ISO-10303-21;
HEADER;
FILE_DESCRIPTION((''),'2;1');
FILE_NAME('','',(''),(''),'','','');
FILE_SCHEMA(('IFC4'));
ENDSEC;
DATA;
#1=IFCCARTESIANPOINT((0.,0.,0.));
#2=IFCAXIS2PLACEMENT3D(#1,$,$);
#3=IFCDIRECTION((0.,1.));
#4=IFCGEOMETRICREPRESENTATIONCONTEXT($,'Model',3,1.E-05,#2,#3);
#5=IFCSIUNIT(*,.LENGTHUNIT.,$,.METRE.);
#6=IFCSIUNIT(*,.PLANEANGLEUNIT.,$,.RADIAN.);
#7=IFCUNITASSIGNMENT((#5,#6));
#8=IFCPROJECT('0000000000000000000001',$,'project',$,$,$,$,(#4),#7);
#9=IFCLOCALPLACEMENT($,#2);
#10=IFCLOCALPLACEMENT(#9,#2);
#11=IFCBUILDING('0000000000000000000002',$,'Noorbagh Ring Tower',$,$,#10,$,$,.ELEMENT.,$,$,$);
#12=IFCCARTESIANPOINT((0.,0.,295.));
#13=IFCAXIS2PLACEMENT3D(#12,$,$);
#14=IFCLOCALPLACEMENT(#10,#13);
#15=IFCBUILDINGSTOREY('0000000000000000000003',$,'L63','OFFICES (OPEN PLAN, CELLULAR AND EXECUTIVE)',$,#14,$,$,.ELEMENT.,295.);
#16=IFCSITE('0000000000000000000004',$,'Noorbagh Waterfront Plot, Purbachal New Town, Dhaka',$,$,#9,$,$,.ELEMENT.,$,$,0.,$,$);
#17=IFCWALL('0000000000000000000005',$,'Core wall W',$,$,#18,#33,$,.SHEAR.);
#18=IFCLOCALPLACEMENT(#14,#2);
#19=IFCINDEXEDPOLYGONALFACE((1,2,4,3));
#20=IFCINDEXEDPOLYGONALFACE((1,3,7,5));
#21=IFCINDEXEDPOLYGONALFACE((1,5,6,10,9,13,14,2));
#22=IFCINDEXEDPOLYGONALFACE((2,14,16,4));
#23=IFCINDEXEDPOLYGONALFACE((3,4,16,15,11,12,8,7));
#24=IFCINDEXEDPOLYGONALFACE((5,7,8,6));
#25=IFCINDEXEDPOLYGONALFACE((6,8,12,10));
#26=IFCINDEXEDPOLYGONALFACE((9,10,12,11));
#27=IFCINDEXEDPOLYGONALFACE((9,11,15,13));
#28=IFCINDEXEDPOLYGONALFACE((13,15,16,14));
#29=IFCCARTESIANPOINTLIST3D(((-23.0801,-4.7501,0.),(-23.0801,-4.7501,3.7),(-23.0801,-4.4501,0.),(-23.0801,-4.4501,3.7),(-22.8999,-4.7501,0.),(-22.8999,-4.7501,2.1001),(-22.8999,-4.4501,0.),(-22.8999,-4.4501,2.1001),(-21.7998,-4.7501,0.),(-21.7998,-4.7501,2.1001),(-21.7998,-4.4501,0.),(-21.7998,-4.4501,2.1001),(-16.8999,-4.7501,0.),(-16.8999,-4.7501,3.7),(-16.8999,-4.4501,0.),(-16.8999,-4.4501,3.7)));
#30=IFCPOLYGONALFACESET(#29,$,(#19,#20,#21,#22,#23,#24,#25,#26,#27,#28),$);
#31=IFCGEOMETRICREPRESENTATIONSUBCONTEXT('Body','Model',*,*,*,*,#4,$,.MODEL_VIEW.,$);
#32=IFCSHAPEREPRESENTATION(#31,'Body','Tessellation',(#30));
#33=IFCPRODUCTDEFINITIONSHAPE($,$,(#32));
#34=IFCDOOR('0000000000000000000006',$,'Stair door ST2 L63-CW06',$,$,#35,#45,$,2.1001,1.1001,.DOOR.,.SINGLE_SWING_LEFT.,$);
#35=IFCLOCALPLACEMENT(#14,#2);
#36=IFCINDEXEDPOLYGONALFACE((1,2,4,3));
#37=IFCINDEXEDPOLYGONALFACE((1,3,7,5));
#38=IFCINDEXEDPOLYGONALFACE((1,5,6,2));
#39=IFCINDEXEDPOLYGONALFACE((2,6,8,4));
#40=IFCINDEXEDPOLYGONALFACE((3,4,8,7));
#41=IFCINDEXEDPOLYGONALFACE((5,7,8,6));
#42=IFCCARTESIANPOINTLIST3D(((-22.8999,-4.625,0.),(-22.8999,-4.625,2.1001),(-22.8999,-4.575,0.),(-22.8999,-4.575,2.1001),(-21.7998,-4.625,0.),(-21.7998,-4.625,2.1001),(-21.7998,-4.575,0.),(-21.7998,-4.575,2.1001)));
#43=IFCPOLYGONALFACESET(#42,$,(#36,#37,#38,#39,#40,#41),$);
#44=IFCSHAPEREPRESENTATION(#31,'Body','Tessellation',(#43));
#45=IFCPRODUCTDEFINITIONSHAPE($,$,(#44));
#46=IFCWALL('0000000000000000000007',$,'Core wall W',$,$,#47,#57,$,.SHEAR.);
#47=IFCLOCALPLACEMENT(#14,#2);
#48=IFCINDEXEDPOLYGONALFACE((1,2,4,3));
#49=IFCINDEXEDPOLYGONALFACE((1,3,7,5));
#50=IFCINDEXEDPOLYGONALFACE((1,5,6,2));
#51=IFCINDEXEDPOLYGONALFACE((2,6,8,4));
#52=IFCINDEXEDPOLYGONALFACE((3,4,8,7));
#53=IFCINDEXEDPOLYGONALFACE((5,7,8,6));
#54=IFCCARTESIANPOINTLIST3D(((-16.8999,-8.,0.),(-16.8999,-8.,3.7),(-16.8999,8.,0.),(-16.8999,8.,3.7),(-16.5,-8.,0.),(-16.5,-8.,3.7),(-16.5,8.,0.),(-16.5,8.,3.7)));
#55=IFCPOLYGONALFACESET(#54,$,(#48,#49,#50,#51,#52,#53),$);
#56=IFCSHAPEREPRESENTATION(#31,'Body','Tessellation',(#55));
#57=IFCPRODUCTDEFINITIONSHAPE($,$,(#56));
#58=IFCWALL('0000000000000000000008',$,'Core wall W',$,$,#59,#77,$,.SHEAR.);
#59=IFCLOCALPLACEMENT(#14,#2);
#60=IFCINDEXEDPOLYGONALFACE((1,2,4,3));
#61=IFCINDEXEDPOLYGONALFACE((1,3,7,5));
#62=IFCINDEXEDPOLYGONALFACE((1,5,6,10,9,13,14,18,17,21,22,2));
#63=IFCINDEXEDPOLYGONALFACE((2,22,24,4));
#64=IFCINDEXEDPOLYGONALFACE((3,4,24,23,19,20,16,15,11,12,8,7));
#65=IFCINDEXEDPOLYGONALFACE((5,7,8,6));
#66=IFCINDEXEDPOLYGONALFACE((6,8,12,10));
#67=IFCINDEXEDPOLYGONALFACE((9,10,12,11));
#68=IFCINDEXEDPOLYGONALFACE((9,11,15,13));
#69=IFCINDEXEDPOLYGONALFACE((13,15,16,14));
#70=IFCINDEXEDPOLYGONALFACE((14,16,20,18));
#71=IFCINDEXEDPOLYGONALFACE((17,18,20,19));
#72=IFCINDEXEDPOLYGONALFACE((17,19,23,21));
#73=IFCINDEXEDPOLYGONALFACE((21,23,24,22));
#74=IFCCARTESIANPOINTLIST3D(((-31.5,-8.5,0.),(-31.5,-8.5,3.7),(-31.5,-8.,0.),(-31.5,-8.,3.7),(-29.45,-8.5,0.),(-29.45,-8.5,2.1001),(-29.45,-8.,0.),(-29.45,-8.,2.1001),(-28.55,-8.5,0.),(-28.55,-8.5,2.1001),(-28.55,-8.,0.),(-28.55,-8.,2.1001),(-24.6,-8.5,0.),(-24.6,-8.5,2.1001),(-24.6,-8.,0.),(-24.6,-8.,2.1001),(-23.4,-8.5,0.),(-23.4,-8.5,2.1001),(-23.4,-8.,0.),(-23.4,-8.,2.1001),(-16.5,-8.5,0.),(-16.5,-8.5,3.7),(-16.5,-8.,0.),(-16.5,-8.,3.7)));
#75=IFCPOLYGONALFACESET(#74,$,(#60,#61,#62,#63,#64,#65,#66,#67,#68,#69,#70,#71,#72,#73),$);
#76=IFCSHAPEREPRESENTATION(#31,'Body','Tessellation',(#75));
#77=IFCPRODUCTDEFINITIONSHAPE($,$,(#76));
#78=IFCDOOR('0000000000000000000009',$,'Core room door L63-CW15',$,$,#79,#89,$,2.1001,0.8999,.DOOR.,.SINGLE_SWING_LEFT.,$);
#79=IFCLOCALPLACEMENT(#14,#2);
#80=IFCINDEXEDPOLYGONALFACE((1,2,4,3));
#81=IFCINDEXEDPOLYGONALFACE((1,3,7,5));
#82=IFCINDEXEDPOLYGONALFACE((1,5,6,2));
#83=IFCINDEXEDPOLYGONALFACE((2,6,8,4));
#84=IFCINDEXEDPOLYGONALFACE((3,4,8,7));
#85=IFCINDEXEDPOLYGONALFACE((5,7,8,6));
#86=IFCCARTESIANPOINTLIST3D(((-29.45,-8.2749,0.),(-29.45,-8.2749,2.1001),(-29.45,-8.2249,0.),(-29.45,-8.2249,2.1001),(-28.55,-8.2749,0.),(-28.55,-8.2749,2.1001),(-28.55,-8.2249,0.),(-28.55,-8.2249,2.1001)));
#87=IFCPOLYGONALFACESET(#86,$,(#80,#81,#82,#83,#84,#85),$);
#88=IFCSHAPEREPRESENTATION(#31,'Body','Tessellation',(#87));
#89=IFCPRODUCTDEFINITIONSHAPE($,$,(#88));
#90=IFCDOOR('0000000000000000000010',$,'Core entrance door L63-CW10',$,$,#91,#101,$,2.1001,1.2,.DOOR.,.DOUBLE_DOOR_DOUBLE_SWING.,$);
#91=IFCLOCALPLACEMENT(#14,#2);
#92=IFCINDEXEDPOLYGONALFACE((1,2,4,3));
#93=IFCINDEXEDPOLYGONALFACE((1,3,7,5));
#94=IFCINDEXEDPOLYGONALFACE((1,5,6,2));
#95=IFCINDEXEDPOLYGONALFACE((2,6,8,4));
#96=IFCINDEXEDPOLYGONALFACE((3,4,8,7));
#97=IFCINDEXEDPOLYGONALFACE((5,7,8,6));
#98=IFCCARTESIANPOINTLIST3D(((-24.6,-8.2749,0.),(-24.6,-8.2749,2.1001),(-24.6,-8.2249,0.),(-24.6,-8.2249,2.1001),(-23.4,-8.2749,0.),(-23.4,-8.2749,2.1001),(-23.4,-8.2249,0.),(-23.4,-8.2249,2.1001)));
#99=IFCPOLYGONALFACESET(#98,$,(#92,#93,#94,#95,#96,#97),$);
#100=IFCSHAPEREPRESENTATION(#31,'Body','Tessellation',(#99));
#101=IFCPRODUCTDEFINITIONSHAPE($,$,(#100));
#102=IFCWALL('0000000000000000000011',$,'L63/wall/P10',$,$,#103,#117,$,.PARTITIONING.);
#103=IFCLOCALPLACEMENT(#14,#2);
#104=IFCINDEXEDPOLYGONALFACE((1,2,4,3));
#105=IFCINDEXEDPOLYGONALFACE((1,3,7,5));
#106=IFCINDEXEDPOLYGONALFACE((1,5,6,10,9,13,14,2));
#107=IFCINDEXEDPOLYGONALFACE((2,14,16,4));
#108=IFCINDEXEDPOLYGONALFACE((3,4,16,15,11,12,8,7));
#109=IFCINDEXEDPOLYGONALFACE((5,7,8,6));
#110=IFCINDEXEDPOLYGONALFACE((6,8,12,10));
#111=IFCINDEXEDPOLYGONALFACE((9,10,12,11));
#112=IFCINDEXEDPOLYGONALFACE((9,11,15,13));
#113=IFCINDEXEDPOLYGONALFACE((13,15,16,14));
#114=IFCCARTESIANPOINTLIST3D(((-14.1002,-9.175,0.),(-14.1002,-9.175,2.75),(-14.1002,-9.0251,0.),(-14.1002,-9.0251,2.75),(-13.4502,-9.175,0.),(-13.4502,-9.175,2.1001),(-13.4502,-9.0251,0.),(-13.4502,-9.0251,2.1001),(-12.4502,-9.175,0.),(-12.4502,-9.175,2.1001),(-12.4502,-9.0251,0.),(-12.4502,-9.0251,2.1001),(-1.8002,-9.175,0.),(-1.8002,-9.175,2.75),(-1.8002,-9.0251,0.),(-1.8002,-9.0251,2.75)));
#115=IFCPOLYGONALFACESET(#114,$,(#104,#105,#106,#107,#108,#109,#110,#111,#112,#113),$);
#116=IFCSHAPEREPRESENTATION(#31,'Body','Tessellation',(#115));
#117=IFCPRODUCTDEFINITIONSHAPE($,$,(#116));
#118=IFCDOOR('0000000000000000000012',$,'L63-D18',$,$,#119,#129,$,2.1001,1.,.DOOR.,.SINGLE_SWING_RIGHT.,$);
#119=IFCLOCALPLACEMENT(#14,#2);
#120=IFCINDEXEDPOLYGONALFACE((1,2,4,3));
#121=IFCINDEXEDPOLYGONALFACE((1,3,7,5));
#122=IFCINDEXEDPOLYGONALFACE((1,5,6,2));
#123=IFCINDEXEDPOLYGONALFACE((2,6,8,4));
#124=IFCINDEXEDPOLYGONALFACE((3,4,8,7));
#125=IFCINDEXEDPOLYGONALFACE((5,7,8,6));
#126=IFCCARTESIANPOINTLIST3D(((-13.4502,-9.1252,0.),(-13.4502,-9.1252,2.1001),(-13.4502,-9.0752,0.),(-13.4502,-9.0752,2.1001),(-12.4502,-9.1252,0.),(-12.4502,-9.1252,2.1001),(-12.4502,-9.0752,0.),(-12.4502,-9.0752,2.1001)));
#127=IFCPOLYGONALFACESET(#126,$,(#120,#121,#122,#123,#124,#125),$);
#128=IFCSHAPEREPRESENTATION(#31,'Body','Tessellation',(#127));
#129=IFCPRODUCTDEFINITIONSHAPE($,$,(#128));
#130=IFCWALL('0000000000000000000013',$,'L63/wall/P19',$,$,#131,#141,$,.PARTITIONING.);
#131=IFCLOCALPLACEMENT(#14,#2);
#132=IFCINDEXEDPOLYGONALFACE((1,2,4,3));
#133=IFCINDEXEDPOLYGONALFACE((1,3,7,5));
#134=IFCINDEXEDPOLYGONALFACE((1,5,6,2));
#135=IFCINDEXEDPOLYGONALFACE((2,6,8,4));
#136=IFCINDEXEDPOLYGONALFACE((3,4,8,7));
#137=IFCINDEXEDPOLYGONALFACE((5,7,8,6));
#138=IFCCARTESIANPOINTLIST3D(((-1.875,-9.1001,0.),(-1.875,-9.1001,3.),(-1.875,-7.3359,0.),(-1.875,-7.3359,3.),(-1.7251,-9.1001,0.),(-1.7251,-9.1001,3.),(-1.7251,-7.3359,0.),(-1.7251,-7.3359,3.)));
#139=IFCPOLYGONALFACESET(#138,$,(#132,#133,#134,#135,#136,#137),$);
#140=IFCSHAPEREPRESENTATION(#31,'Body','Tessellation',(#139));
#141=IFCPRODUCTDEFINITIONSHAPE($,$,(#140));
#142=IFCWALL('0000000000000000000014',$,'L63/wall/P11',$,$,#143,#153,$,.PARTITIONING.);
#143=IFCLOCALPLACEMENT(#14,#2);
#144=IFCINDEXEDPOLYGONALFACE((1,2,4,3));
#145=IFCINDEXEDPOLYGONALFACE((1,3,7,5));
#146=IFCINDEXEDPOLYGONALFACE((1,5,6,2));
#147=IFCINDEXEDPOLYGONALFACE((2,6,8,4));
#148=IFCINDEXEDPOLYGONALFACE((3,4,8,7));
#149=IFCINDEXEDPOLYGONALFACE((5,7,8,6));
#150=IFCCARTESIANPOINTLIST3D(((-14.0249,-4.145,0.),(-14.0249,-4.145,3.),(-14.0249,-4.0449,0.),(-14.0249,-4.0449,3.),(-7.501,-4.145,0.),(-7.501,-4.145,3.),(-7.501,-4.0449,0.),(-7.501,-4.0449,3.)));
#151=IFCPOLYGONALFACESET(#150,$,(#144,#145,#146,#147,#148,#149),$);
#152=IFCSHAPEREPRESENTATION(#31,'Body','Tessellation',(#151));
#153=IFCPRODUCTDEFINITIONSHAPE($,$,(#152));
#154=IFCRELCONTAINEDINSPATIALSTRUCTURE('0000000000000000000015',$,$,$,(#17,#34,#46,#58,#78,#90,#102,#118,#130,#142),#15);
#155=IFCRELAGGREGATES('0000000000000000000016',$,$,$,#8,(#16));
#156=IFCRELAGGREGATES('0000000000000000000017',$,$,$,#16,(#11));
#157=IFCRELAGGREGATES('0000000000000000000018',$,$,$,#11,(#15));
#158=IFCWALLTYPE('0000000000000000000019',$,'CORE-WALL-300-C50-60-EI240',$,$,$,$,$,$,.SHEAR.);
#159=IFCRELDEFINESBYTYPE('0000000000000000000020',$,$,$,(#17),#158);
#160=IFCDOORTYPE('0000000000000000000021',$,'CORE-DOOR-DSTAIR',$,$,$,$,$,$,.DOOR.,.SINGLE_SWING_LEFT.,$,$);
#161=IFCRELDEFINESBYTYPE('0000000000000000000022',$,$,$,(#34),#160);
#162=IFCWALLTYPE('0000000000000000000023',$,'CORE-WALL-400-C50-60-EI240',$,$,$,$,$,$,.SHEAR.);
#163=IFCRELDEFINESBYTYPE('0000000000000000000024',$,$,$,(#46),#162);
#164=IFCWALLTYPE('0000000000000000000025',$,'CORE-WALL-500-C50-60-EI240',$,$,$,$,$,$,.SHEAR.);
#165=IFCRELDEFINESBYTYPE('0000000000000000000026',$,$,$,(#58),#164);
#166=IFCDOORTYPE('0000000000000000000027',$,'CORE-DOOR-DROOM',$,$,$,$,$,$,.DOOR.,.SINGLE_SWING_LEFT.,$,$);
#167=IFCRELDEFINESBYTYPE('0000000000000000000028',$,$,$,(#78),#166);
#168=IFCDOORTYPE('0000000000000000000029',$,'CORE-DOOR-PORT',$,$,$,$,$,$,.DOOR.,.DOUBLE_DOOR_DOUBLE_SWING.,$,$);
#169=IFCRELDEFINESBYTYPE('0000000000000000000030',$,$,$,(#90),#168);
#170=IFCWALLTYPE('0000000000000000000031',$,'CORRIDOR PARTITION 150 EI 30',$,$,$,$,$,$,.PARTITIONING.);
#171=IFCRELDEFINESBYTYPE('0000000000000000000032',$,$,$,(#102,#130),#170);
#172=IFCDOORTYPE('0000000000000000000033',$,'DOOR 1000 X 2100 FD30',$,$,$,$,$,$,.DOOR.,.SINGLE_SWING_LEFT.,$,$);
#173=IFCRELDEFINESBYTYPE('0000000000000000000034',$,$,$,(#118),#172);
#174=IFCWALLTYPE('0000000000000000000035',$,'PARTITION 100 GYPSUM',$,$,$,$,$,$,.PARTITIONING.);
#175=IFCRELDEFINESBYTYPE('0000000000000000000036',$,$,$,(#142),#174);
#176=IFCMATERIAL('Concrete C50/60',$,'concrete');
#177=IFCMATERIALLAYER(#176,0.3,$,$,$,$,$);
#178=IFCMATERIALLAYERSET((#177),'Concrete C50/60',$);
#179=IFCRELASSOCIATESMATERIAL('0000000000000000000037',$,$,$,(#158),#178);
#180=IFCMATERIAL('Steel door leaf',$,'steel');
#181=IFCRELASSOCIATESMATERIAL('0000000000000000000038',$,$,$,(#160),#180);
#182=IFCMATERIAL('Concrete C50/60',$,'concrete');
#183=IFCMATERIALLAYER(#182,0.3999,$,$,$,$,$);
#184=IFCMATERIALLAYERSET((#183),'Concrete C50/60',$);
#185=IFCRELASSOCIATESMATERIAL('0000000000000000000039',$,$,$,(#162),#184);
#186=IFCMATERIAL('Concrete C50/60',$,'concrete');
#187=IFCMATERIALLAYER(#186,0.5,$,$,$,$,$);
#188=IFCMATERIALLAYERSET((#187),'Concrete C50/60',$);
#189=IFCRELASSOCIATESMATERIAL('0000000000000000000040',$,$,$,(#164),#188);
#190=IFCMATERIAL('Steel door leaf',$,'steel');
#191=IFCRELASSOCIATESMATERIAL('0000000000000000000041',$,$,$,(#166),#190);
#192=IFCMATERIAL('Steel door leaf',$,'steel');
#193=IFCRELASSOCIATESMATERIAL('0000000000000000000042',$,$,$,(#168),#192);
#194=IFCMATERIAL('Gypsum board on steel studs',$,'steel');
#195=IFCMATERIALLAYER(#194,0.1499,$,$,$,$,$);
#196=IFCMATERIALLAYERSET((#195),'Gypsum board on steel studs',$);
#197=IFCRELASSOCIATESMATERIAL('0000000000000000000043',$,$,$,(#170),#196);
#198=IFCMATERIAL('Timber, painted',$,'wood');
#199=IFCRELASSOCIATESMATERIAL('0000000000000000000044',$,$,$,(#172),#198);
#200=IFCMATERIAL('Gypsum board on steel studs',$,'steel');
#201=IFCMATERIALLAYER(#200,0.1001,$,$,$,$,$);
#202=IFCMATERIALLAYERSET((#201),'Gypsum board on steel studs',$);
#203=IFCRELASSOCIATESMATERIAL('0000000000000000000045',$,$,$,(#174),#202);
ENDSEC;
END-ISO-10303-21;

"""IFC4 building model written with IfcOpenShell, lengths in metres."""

from ifc_helpers import new_model, si_unit, direction, frame, frame_2d, origin, place, context, subcontext, project, spatial, rectangle, extrude, material, layer, layer_set, type_object, element, fill, save


model = new_model("IFC4")

# Units and contexts
model_context = context("Model", 3, precision=1e-05, world=origin(), true_north=direction((0.0, 1.0)))
body_context = subcontext(model_context, "Body", "Model", "MODEL_VIEW")
ifc_project = project(units=[si_unit("LENGTHUNIT", "METRE"), si_unit("PLANEANGLEUNIT", "RADIAN")], contexts=[model_context])

# Site, building, storey
site_placement = place(None, origin())
site = spatial("IfcSite", under=ifc_project, at=site_placement, Name="Noorbagh Waterfront Plot, Purbachal New Town, Dhaka", CompositionType="ELEMENT", RefElevation=0.0)
building_placement = place(site_placement, origin())
building = spatial("IfcBuilding", under=site, at=building_placement, Name="Noorbagh Ring Tower", CompositionType="ELEMENT")
storey_placement = place(building_placement, frame((0.0, 0.0, 295.0)))
storey = spatial("IfcBuildingStorey", under=building, at=storey_placement, Name="L63", Description="OFFICES (OPEN PLAN, CELLULAR AND EXECUTIVE)", CompositionType="ELEMENT", Elevation=295.0)

# Wall, opening, door
ifc_material_1 = material(Name="Concrete C50/60", Category="concrete")
ifc_layer_1 = layer(ifc_material_1, 0.3)
ifc_layer_set_1 = layer_set([ifc_layer_1], Name="Concrete C50/60")
wall_type_1 = type_object("IfcWallType", Name="CORE-WALL-300-C50-60-EI240", PredefinedType="SHEAR", material=ifc_layer_set_1)
wall_1_placement = place(storey_placement, frame((-16.8999, -4.6001, 0.0), z_axis=(0.0, 0.0, 1.0), x_axis=(-1.0, 0.0, 0.0)))
wall_1 = element("IfcWall", 1, at=wall_1_placement, inside=storey, type_object=wall_type_1, Name="Core wall W", PredefinedType="SHEAR", context=body_context, shape_type="SweptSolid", body=[
    extrude(rectangle(XDim=6.1802, YDim=0.3, at=frame_2d((3.0901, 0.0))), origin(), (0.0, 0.0, 1.0), 3.7),
])
opening_1_placement = place(wall_1_placement, frame((4.8999, 0.0, 0.0)))
opening_1 = element("IfcOpeningElement", 2, at=opening_1_placement, cuts=wall_1, PredefinedType="OPENING", context=body_context, shape_type="SweptSolid", body=[
    extrude(rectangle(XDim=1.1001, YDim=2.1001, at=frame_2d((0.55, 1.05))), frame((0.0, 0.1602, 0.0), z_axis=(0.0, -1.0, 0.0), x_axis=(1.0, 0.0, 0.0)), (0.0, 0.0, 1.0), 0.3201),
])
ifc_material_2 = material(Name="Steel door leaf", Category="steel")
door_type_1 = type_object("IfcDoorType", Name="CORE-DOOR-DSTAIR", OperationType="SINGLE_SWING_LEFT", PredefinedType="DOOR", material=ifc_material_2)
door_1_placement = place(opening_1_placement, origin())
door_1 = element("IfcDoor", 3, at=door_1_placement, inside=storey, type_object=door_type_1, Name="Stair door ST2 L63-CW06", OperationType="SINGLE_SWING_LEFT", OverallHeight=2.1001, OverallWidth=1.1001, PredefinedType="DOOR", context=body_context, shape_type="SweptSolid", body=[
    extrude(rectangle(XDim=1.1001, YDim=2.1001, at=frame_2d((0.55, 1.05))), frame((0.0, 0.0249, 0.0), z_axis=(0.0, -1.0, 0.0), x_axis=(1.0, 0.0, 0.0)), (0.0, 0.0, 1.0), 0.05),
])
fill(opening_1, door_1)

# Wall
ifc_material_3 = material(Name="Concrete C50/60", Category="concrete")
ifc_layer_2 = layer(ifc_material_3, 0.3999)
ifc_layer_set_2 = layer_set([ifc_layer_2], Name="Concrete C50/60")
wall_type_2 = type_object("IfcWallType", Name="CORE-WALL-400-C50-60-EI240", PredefinedType="SHEAR", material=ifc_layer_set_2)
wall_2_placement = place(storey_placement, frame((-16.7, -8.0, 0.0), z_axis=(0.0, 0.0, 1.0), x_axis=(0.0, 1.0, 0.0)))
element("IfcWall", 4, at=wall_2_placement, inside=storey, type_object=wall_type_2, Name="Core wall W", PredefinedType="SHEAR", context=body_context, shape_type="SweptSolid", body=[
    extrude(rectangle(XDim=16.0, YDim=0.3999, at=frame_2d((8.0, 0.0))), origin(), (0.0, 0.0, 1.0), 3.7),
])

# Wall, openings, doors
ifc_material_4 = material(Name="Concrete C50/60", Category="concrete")
ifc_layer_3 = layer(ifc_material_4, 0.5)
ifc_layer_set_3 = layer_set([ifc_layer_3], Name="Concrete C50/60")
wall_type_3 = type_object("IfcWallType", Name="CORE-WALL-500-C50-60-EI240", PredefinedType="SHEAR", material=ifc_layer_set_3)
wall_3_placement = place(storey_placement, frame((-16.5, -8.25, 0.0), z_axis=(0.0, 0.0, 1.0), x_axis=(-1.0, 0.0, 0.0)))
wall_3 = element("IfcWall", 5, at=wall_3_placement, inside=storey, type_object=wall_type_3, Name="Core wall W", PredefinedType="SHEAR", context=body_context, shape_type="SweptSolid", body=[
    extrude(rectangle(XDim=15.0, YDim=0.5, at=frame_2d((7.5, 0.0))), origin(), (0.0, 0.0, 1.0), 3.7),
])
opening_2_placement = place(wall_3_placement, frame((6.8999, 0.0, 0.0)))
opening_2 = element("IfcOpeningElement", 6, at=opening_2_placement, cuts=wall_3, PredefinedType="OPENING", context=body_context, shape_type="SweptSolid", body=[
    extrude(rectangle(XDim=1.2, YDim=2.1001, at=frame_2d((0.6001, 1.05))), frame((0.0, 0.26, 0.0), z_axis=(0.0, -1.0, 0.0), x_axis=(1.0, 0.0, 0.0)), (0.0, 0.0, 1.0), 0.52),
])
opening_3_placement = place(wall_3_placement, frame((12.05, 0.0, 0.0)))
opening_3 = element("IfcOpeningElement", 7, at=opening_3_placement, cuts=wall_3, PredefinedType="OPENING", context=body_context, shape_type="SweptSolid", body=[
    extrude(rectangle(XDim=0.8999, YDim=2.1001, at=frame_2d((0.45, 1.05))), frame((0.0, 0.26, 0.0), z_axis=(0.0, -1.0, 0.0), x_axis=(1.0, 0.0, 0.0)), (0.0, 0.0, 1.0), 0.52),
])
ifc_material_5 = material(Name="Steel door leaf", Category="steel")
door_type_2 = type_object("IfcDoorType", Name="CORE-DOOR-DROOM", OperationType="SINGLE_SWING_LEFT", PredefinedType="DOOR", material=ifc_material_5)
door_2_placement = place(opening_3_placement, origin())
door_2 = element("IfcDoor", 8, at=door_2_placement, inside=storey, type_object=door_type_2, Name="Core room door L63-CW15", OperationType="SINGLE_SWING_LEFT", OverallHeight=2.1001, OverallWidth=0.8999, PredefinedType="DOOR", context=body_context, shape_type="SweptSolid", body=[
    extrude(rectangle(XDim=0.8999, YDim=2.1001, at=frame_2d((0.45, 1.05))), frame((0.0, 0.0249, 0.0), z_axis=(0.0, -1.0, 0.0), x_axis=(1.0, 0.0, 0.0)), (0.0, 0.0, 1.0), 0.05),
])
fill(opening_3, door_2)
ifc_material_6 = material(Name="Steel door leaf", Category="steel")
door_type_3 = type_object("IfcDoorType", Name="CORE-DOOR-PORT", OperationType="DOUBLE_DOOR_DOUBLE_SWING", PredefinedType="DOOR", material=ifc_material_6)
door_3_placement = place(opening_2_placement, origin())
door_3 = element("IfcDoor", 9, at=door_3_placement, inside=storey, type_object=door_type_3, Name="Core entrance door L63-CW10", OperationType="DOUBLE_DOOR_DOUBLE_SWING", OverallHeight=2.1001, OverallWidth=1.2, PredefinedType="DOOR", context=body_context, shape_type="SweptSolid", body=[
    extrude(rectangle(XDim=1.2, YDim=2.1001, at=frame_2d((0.6001, 1.05))), frame((0.0, 0.0249, 0.0), z_axis=(0.0, -1.0, 0.0), x_axis=(1.0, 0.0, 0.0)), (0.0, 0.0, 1.0), 0.05),
])
fill(opening_2, door_3)

# Wall, opening, door
ifc_material_7 = material(Name="Gypsum board on steel studs", Category="steel")
ifc_layer_4 = layer(ifc_material_7, 0.1499)
ifc_layer_set_4 = layer_set([ifc_layer_4], Name="Gypsum board on steel studs")
wall_type_4 = type_object("IfcWallType", Name="CORRIDOR PARTITION 150 EI 30", PredefinedType="PARTITIONING", material=ifc_layer_set_4)
wall_4_placement = place(storey_placement, frame((-14.1001, -9.1001, 0.0), z_axis=(0.0, 0.0, 1.0), x_axis=(1.0, 0.0, 0.0)))
wall_4 = element("IfcWall", 10, at=wall_4_placement, inside=storey, type_object=wall_type_4, Name="L63/wall/P10", PredefinedType="PARTITIONING", context=body_context, shape_type="SweptSolid", body=[
    extrude(rectangle(XDim=12.3, YDim=0.1499, at=frame_2d((6.1499, 0.0))), origin(), (0.0, 0.0, 1.0), 2.75),
])
opening_4_placement = place(wall_4_placement, frame((0.6499, 0.0, 0.0)))
opening_4 = element("IfcOpeningElement", 11, at=opening_4_placement, cuts=wall_4, PredefinedType="OPENING", context=body_context, shape_type="SweptSolid", body=[
    extrude(rectangle(XDim=1.0, YDim=2.1001, at=frame_2d((0.5, 1.05))), frame((0.0, 0.085, 0.0), z_axis=(0.0, -1.0, 0.0), x_axis=(1.0, 0.0, 0.0)), (0.0, 0.0, 1.0), 0.1699),
])
ifc_material_8 = material(Name="Timber, painted", Category="wood")
door_type_4 = type_object("IfcDoorType", Name="DOOR 1000 X 2100 FD30", OperationType="SINGLE_SWING_LEFT", PredefinedType="DOOR", material=ifc_material_8)
door_4_placement = place(opening_4_placement, origin())
door_4 = element("IfcDoor", 12, at=door_4_placement, inside=storey, type_object=door_type_4, Name="L63-D18", OperationType="SINGLE_SWING_RIGHT", OverallHeight=2.1001, OverallWidth=1.0, PredefinedType="DOOR", context=body_context, shape_type="SweptSolid", body=[
    extrude(rectangle(XDim=1.0, YDim=2.1001, at=frame_2d((0.5, 1.05))), frame((0.0, 0.0249, 0.0), z_axis=(0.0, -1.0, 0.0), x_axis=(1.0, 0.0, 0.0)), (0.0, 0.0, 1.0), 0.05),
])
fill(opening_4, door_4)

# Walls
wall_5_placement = place(storey_placement, frame((-1.8, -9.1001, 0.0), z_axis=(0.0, 0.0, 1.0), x_axis=(0.0, 1.0, 0.0)))
element("IfcWall", 13, at=wall_5_placement, inside=storey, type_object=wall_type_4, Name="L63/wall/P19", PredefinedType="PARTITIONING", context=body_context, shape_type="SweptSolid", body=[
    extrude(rectangle(XDim=1.7642, YDim=0.1499, at=frame_2d((0.8821, 0.0))), origin(), (0.0, 0.0, 1.0), 3.0),
])
ifc_material_9 = material(Name="Gypsum board on steel studs", Category="steel")
ifc_layer_5 = layer(ifc_material_9, 0.1001)
ifc_layer_set_5 = layer_set([ifc_layer_5], Name="Gypsum board on steel studs")
wall_type_5 = type_object("IfcWallType", Name="PARTITION 100 GYPSUM", PredefinedType="PARTITIONING", material=ifc_layer_set_5)
wall_6_placement = place(storey_placement, frame((-14.0249, -4.095, 0.0), z_axis=(0.0, 0.0, 1.0), x_axis=(1.0, 0.0, 0.0)))
element("IfcWall", 14, at=wall_6_placement, inside=storey, type_object=wall_type_5, Name="L63/wall/P11", PredefinedType="PARTITIONING", context=body_context, shape_type="SweptSolid", body=[
    extrude(rectangle(XDim=6.5239, YDim=0.1001, at=frame_2d((3.262, 0.0))), origin(), (0.0, 0.0, 1.0), 3.0),
])

save(model, "model.ifc")
